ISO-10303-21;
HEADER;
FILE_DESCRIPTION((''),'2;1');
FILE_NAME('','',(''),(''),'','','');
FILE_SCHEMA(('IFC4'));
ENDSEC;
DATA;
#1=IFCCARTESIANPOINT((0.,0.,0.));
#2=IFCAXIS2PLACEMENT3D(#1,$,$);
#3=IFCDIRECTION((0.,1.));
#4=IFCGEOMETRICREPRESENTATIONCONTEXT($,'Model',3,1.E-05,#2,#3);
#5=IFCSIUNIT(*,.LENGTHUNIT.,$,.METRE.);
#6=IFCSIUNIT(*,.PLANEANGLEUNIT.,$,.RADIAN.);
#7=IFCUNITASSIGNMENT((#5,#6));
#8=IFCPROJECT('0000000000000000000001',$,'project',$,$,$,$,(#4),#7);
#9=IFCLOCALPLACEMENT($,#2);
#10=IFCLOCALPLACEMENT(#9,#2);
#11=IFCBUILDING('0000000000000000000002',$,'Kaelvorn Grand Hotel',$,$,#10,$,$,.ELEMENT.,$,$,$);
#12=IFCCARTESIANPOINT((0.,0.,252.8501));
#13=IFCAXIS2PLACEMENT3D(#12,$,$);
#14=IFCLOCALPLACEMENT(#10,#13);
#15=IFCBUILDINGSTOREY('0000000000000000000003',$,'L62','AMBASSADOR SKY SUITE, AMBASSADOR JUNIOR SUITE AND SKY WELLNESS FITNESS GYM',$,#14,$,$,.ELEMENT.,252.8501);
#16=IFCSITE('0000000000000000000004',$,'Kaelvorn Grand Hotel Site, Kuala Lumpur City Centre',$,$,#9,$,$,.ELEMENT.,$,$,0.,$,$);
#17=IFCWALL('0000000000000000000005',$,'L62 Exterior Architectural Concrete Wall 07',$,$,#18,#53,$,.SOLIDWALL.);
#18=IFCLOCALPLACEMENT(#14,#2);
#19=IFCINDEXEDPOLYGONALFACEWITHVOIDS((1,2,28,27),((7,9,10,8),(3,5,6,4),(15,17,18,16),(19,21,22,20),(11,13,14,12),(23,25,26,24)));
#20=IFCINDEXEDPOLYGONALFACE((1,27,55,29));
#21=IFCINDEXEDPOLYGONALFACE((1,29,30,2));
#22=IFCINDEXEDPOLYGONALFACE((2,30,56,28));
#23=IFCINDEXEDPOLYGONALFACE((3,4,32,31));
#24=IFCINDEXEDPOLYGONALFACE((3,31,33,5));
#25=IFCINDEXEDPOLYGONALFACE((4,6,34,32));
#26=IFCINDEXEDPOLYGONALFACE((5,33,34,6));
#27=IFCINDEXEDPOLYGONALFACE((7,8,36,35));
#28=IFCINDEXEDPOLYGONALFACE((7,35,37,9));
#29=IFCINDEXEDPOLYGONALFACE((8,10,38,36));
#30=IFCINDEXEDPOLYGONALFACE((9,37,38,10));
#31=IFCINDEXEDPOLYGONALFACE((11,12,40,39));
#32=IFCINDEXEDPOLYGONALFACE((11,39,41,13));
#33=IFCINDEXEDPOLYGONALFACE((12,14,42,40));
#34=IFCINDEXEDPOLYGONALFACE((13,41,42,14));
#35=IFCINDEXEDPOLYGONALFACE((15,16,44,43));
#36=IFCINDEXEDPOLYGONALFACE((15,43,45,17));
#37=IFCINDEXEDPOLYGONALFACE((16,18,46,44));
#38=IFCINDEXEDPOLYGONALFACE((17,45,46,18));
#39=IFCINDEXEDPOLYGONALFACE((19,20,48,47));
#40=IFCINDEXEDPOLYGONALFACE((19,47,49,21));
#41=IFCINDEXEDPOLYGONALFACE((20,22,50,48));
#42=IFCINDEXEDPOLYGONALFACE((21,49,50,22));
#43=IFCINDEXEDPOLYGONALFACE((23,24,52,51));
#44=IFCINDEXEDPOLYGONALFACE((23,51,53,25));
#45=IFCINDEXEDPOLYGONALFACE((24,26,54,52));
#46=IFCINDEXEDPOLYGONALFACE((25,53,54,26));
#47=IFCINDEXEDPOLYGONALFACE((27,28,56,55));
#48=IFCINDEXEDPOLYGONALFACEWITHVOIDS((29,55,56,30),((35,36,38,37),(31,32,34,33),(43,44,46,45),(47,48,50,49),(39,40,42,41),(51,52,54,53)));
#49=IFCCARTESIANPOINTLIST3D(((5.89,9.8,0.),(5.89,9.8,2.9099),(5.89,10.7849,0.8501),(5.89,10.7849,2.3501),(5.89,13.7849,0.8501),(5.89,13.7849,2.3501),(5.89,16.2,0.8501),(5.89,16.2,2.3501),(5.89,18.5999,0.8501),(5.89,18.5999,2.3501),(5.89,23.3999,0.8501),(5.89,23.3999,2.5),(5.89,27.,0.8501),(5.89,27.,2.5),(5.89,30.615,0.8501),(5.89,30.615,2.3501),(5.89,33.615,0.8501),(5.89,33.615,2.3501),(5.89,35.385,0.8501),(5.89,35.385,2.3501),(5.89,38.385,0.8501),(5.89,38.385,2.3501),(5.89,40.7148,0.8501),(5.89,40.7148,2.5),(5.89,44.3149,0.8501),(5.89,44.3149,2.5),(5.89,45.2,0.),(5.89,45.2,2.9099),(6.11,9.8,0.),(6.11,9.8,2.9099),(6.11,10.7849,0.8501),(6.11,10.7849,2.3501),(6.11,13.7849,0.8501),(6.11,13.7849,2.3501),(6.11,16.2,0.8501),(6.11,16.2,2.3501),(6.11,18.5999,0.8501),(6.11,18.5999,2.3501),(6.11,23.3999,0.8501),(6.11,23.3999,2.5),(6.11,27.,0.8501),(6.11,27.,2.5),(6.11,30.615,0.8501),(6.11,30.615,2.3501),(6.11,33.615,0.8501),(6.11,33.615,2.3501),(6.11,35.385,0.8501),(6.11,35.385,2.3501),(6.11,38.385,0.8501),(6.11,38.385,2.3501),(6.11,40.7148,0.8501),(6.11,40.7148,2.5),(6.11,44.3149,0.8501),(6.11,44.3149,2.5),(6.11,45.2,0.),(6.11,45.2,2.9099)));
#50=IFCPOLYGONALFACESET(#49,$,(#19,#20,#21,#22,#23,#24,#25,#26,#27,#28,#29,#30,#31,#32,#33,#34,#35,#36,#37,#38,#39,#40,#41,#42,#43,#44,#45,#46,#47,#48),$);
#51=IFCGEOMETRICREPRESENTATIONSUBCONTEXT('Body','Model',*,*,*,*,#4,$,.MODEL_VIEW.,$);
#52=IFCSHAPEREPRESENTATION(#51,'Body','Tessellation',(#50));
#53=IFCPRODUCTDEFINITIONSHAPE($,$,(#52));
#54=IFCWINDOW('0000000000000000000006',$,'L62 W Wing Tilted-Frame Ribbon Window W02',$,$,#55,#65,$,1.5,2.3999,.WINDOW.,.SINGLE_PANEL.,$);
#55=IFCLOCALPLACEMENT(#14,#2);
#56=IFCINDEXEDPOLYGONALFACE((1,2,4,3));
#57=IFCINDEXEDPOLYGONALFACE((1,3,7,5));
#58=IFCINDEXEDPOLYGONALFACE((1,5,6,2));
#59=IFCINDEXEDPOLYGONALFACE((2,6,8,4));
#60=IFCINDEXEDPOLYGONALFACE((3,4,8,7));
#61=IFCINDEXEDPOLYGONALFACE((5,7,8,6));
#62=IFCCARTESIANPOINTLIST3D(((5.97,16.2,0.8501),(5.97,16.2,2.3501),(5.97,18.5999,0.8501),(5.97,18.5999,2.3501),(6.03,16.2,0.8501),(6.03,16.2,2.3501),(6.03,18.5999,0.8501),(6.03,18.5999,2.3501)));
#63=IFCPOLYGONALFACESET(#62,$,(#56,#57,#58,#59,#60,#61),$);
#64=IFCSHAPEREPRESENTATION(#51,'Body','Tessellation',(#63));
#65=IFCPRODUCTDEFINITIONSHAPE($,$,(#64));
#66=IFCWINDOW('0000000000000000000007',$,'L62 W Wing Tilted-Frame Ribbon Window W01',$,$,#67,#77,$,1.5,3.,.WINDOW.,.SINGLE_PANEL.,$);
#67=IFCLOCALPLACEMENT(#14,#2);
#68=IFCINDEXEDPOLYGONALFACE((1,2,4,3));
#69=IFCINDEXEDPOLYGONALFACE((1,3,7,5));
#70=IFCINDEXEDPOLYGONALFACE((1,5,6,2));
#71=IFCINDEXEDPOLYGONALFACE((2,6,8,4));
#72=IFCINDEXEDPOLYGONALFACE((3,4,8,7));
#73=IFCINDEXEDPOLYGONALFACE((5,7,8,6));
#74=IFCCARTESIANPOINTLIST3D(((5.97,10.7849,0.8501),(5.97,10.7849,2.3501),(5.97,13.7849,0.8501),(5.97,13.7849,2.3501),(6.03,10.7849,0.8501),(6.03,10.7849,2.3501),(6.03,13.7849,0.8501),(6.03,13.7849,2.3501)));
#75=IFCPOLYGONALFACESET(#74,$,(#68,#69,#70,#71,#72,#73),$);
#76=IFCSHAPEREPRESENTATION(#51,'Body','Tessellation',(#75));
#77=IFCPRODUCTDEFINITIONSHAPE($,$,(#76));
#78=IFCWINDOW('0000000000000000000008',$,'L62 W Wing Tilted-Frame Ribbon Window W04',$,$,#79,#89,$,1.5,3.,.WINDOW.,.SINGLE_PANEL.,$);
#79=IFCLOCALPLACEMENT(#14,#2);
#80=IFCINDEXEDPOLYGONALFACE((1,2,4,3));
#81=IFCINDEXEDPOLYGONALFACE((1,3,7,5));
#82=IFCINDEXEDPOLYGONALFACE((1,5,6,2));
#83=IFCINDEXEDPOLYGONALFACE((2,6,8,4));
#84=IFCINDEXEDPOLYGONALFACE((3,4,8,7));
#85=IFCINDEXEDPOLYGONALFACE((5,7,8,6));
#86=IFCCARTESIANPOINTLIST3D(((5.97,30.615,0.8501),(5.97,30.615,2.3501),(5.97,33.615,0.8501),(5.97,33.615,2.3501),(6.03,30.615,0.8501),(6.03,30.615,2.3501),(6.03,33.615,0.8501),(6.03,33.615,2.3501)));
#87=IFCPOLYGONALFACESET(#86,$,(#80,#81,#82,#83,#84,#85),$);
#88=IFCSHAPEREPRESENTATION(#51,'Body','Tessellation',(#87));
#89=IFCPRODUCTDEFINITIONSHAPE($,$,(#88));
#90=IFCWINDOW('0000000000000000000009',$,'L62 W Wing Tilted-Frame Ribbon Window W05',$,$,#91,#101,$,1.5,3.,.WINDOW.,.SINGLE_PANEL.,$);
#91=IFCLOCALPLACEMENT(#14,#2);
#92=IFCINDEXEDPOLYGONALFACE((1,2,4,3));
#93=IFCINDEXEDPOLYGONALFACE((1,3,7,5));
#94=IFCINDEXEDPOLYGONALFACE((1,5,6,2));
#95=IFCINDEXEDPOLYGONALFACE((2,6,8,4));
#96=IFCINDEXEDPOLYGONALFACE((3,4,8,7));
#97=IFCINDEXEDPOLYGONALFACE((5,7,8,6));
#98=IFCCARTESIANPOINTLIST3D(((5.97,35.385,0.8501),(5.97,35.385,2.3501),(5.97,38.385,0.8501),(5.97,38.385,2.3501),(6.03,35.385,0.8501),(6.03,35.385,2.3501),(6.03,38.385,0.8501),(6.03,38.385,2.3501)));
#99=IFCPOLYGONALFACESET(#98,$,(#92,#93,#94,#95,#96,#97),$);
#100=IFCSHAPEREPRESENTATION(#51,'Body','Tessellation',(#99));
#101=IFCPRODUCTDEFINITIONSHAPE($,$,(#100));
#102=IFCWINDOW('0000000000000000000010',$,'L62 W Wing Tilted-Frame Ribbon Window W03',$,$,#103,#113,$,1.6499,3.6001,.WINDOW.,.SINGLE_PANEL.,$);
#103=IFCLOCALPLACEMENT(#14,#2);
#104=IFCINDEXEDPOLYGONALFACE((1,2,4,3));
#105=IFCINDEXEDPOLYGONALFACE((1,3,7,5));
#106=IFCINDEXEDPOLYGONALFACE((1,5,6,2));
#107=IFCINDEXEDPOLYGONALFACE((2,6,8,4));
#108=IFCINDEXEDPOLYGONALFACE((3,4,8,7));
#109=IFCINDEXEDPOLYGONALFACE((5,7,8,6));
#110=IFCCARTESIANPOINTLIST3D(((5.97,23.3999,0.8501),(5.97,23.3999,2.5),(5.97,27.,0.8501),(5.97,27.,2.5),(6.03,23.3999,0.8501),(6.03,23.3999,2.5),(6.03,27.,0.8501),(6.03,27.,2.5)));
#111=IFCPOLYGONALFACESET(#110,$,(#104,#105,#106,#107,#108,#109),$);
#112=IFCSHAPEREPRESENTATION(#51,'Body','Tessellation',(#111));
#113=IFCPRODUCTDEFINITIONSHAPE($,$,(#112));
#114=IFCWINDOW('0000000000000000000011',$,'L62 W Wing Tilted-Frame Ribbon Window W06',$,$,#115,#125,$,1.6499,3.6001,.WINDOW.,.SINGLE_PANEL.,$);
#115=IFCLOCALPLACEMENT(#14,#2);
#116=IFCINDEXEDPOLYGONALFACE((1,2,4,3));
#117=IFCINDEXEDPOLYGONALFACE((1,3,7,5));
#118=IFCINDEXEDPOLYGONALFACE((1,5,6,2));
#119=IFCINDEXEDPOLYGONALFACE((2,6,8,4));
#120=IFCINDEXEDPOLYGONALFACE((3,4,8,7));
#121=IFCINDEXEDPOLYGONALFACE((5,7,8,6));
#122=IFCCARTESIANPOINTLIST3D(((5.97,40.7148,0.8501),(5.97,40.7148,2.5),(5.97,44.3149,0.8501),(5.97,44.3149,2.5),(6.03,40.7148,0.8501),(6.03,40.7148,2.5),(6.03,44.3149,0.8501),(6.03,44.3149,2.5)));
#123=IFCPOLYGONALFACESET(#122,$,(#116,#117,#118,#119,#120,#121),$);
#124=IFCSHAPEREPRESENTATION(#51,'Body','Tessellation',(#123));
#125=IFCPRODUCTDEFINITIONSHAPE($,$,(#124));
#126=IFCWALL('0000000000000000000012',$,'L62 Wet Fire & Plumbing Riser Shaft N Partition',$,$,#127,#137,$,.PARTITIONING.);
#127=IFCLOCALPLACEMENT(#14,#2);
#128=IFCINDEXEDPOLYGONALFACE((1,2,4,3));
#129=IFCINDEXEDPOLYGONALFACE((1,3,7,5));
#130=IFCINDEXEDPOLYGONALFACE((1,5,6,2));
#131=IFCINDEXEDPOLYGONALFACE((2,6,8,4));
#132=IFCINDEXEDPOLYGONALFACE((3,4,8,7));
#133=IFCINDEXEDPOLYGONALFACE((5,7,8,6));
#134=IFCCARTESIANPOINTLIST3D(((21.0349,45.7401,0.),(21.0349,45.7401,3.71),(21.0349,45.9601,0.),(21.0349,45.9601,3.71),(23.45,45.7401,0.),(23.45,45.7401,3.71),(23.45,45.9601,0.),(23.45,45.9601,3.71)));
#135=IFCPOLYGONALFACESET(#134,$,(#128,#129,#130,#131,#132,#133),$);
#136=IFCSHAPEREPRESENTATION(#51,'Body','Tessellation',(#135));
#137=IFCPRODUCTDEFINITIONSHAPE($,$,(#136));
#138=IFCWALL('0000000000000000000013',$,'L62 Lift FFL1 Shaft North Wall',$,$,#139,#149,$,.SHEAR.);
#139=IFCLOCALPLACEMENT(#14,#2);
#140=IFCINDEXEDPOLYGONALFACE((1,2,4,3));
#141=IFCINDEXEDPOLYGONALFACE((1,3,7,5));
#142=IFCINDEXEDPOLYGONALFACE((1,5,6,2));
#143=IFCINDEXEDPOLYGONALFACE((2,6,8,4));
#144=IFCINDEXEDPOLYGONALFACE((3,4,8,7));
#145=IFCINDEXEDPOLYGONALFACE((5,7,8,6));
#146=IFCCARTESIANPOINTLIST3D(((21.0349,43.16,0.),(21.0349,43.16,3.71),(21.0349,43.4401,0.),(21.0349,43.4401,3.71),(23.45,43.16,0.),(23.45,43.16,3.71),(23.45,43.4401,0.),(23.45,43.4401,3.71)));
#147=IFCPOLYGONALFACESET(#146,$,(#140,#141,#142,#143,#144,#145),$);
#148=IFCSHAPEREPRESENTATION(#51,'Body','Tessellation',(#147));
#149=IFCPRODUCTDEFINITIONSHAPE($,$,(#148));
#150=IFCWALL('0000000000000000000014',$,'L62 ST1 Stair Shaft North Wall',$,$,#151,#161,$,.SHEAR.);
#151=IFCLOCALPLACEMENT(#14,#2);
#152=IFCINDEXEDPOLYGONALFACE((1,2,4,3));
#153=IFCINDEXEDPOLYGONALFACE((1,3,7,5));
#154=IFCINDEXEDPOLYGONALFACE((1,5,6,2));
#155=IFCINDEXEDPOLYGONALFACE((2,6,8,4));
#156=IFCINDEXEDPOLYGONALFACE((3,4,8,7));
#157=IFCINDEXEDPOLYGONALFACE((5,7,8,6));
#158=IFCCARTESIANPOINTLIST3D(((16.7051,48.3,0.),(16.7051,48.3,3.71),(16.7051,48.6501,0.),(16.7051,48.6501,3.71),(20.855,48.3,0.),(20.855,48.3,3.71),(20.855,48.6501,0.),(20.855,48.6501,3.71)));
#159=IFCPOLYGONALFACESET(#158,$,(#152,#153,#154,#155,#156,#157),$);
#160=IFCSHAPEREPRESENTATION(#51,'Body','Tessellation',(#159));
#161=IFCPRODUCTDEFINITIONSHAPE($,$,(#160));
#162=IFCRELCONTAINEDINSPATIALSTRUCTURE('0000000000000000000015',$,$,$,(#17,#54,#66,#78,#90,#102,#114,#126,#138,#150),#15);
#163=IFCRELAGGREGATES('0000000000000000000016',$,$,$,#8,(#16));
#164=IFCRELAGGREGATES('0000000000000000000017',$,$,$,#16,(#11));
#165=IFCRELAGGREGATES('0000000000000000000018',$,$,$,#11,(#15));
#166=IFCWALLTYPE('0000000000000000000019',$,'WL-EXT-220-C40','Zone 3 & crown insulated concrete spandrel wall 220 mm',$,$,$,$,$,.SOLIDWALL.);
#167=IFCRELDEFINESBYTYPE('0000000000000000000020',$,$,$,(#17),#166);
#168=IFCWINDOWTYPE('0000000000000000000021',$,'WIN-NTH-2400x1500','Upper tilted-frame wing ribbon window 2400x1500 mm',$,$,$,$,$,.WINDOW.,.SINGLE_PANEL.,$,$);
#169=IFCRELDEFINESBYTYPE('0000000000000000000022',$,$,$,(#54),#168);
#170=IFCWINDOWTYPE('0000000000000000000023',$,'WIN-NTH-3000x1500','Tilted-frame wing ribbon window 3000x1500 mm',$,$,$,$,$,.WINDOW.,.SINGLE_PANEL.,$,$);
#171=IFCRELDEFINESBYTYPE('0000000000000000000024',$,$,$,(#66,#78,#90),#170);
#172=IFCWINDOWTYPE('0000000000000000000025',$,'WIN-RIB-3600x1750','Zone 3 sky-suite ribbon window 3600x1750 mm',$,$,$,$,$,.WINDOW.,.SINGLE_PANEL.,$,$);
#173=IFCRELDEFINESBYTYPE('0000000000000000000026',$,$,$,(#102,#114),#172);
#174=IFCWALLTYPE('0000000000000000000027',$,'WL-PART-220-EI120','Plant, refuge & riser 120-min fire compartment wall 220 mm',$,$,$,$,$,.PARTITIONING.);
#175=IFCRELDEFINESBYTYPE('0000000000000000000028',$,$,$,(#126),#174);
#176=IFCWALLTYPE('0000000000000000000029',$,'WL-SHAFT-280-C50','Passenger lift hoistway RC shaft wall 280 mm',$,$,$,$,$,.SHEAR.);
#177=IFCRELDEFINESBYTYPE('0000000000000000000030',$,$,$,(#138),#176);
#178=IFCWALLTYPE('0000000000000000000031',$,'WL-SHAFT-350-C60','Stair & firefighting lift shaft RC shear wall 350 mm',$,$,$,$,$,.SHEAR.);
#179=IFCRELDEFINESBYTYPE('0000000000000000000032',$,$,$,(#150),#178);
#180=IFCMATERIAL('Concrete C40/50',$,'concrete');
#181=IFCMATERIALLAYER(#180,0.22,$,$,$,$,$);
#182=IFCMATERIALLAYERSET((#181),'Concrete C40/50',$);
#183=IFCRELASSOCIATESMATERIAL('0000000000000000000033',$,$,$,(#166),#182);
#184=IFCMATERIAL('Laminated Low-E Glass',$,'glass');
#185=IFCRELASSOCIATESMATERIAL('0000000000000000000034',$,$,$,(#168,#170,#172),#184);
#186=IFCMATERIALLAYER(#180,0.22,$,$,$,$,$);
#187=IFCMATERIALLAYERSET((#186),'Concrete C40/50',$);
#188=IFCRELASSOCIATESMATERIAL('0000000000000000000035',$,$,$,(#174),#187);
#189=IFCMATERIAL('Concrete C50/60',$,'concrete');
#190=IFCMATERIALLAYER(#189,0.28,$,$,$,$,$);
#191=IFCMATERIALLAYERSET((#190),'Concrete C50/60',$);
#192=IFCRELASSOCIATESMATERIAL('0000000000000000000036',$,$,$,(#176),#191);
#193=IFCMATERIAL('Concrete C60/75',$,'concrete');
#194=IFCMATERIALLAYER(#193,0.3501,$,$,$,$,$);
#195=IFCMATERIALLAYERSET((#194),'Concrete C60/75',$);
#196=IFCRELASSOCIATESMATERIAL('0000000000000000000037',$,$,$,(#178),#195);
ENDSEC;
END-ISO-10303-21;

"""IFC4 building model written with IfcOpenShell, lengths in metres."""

from ifc_helpers import new_model, si_unit, direction, frame, frame_2d, origin, place, context, subcontext, project, spatial, rectangle, extrude, material, layer, layer_set, type_object, element, fill, save


model = new_model("IFC4")

# Units and contexts
model_context = context("Model", 3, precision=1e-05, world=origin(), true_north=direction((0.0, 1.0)))
body_context = subcontext(model_context, "Body", "Model", "MODEL_VIEW")
ifc_project = project(units=[si_unit("LENGTHUNIT", "METRE"), si_unit("PLANEANGLEUNIT", "RADIAN")], contexts=[model_context])

# Site, building, storey
site_placement = place(None, origin())
site = spatial("IfcSite", under=ifc_project, at=site_placement, Name="Kaelvorn Grand Hotel Site, Kuala Lumpur City Centre", CompositionType="ELEMENT", RefElevation=0.0)
building_placement = place(site_placement, origin())
building = spatial("IfcBuilding", under=site, at=building_placement, Name="Kaelvorn Grand Hotel", CompositionType="ELEMENT")
storey_placement = place(building_placement, frame((0.0, 0.0, 252.8501)))
storey = spatial("IfcBuildingStorey", under=building, at=storey_placement, Name="L62", Description="AMBASSADOR SKY SUITE, AMBASSADOR JUNIOR SUITE AND SKY WELLNESS FITNESS GYM", CompositionType="ELEMENT", Elevation=252.8501)

# Shared definitions
ifc_material_1 = material(Name="Concrete C60/75", Category="concrete")
ifc_material_2 = material(Name="Concrete C50/60", Category="concrete")

# Shared definitions
ifc_material_3 = material(Name="Concrete C40/50", Category="concrete")
ifc_layer_1 = layer(ifc_material_3, 0.22)
ifc_layer_set_1 = layer_set([ifc_layer_1], Name="Concrete C40/50")
wall_type_1 = type_object("IfcWallType", Name="WL-EXT-220-C40", Description="Zone 3 & crown insulated concrete spandrel wall 220 mm", PredefinedType="SOLIDWALL", material=ifc_layer_set_1)
ifc_material_4 = material(Name="Laminated Low-E Glass", Category="glass")

# Wall, openings, windows
wall_1_placement = place(storey_placement, frame((6.0, 45.2, 0.0), z_axis=(0.0, 0.0, 1.0), x_axis=(0.0, -1.0, 0.0)))
wall_1 = element("IfcWall", 1, at=wall_1_placement, inside=storey, type_object=wall_type_1, Name="L62 Exterior Architectural Concrete Wall 07", PredefinedType="SOLIDWALL", context=body_context, shape_type="SweptSolid", body=[
    extrude(rectangle(XDim=35.3999, YDim=0.22, at=frame_2d((17.7, 0.0))), origin(), (0.0, 0.0, 1.0), 2.9099),
])
opening_1_placement = place(wall_1_placement, frame((31.415, 0.0, 0.8501)))
opening_1 = element("IfcOpeningElement", 2, at=opening_1_placement, cuts=wall_1, PredefinedType="OPENING", context=body_context, shape_type="SweptSolid", body=[
    extrude(rectangle(XDim=3.0, YDim=1.5, at=frame_2d((1.5, 0.75))), frame((0.0, 0.1201, 0.0), z_axis=(0.0, -1.0, 0.0), x_axis=(1.0, 0.0, 0.0)), (0.0, 0.0, 1.0), 0.24),
])
opening_2_placement = place(wall_1_placement, frame((26.6001, 0.0, 0.8501)))
opening_2 = element("IfcOpeningElement", 3, at=opening_2_placement, cuts=wall_1, PredefinedType="OPENING", context=body_context, shape_type="SweptSolid", body=[
    extrude(rectangle(XDim=2.3999, YDim=1.5, at=frame_2d((1.2, 0.75))), frame((0.0, 0.1201, 0.0), z_axis=(0.0, -1.0, 0.0), x_axis=(1.0, 0.0, 0.0)), (0.0, 0.0, 1.0), 0.24),
])
opening_3_placement = place(wall_1_placement, frame((18.2, 0.0, 0.8501)))
opening_3 = element("IfcOpeningElement", 4, at=opening_3_placement, cuts=wall_1, PredefinedType="OPENING", context=body_context, shape_type="SweptSolid", body=[
    extrude(rectangle(XDim=3.6001, YDim=1.6499, at=frame_2d((1.8, 0.825))), frame((0.0, 0.1201, 0.0), z_axis=(0.0, -1.0, 0.0), x_axis=(1.0, 0.0, 0.0)), (0.0, 0.0, 1.0), 0.24),
])
opening_4_placement = place(wall_1_placement, frame((11.585, 0.0, 0.8501)))
opening_4 = element("IfcOpeningElement", 5, at=opening_4_placement, cuts=wall_1, PredefinedType="OPENING", context=body_context, shape_type="SweptSolid", body=[
    extrude(rectangle(XDim=3.0, YDim=1.5, at=frame_2d((1.5, 0.75))), frame((0.0, 0.1201, 0.0), z_axis=(0.0, -1.0, 0.0), x_axis=(1.0, 0.0, 0.0)), (0.0, 0.0, 1.0), 0.24),
])
opening_5_placement = place(wall_1_placement, frame((6.8149, 0.0, 0.8501)))
opening_5 = element("IfcOpeningElement", 6, at=opening_5_placement, cuts=wall_1, PredefinedType="OPENING", context=body_context, shape_type="SweptSolid", body=[
    extrude(rectangle(XDim=3.0, YDim=1.5, at=frame_2d((1.5, 0.75))), frame((0.0, 0.1201, 0.0), z_axis=(0.0, -1.0, 0.0), x_axis=(1.0, 0.0, 0.0)), (0.0, 0.0, 1.0), 0.24),
])
opening_6_placement = place(wall_1_placement, frame((0.885, 0.0, 0.8501)))
opening_6 = element("IfcOpeningElement", 7, at=opening_6_placement, cuts=wall_1, PredefinedType="OPENING", context=body_context, shape_type="SweptSolid", body=[
    extrude(rectangle(XDim=3.6001, YDim=1.6499, at=frame_2d((1.8, 0.825))), frame((0.0, 0.1201, 0.0), z_axis=(0.0, -1.0, 0.0), x_axis=(1.0, 0.0, 0.0)), (0.0, 0.0, 1.0), 0.24),
])
window_type_1 = type_object("IfcWindowType", Name="WIN-NTH-2400x1500", Description="Upper tilted-frame wing ribbon window 2400x1500 mm", PartitioningType="SINGLE_PANEL", PredefinedType="WINDOW", material=ifc_material_4)
window_1_placement = place(opening_2_placement, origin())
window_1 = element("IfcWindow", 8, at=window_1_placement, inside=storey, type_object=window_type_1, Name="L62 W Wing Tilted-Frame Ribbon Window W02", OverallHeight=1.5, OverallWidth=2.3999, PartitioningType="SINGLE_PANEL", PredefinedType="WINDOW", context=body_context, shape_type="SweptSolid", body=[
    extrude(rectangle(XDim=2.3999, YDim=1.5, at=frame_2d((1.2, 0.75))), frame((0.0, 0.03, 0.0), z_axis=(0.0, -1.0, 0.0), x_axis=(1.0, 0.0, 0.0)), (0.0, 0.0, 1.0), 0.0601),
])
fill(opening_2, window_1)
window_type_2 = type_object("IfcWindowType", Name="WIN-NTH-3000x1500", Description="Tilted-frame wing ribbon window 3000x1500 mm", PartitioningType="SINGLE_PANEL", PredefinedType="WINDOW", material=ifc_material_4)
window_2_placement = place(opening_1_placement, origin())
window_2 = element("IfcWindow", 9, at=window_2_placement, inside=storey, type_object=window_type_2, Name="L62 W Wing Tilted-Frame Ribbon Window W01", OverallHeight=1.5, OverallWidth=3.0, PartitioningType="SINGLE_PANEL", PredefinedType="WINDOW", context=body_context, shape_type="SweptSolid", body=[
    extrude(rectangle(XDim=3.0, YDim=1.5, at=frame_2d((1.5, 0.75))), frame((0.0, 0.03, 0.0), z_axis=(0.0, -1.0, 0.0), x_axis=(1.0, 0.0, 0.0)), (0.0, 0.0, 1.0), 0.0601),
])
fill(opening_1, window_2)
window_3_placement = place(opening_4_placement, origin())
window_3 = element("IfcWindow", 10, at=window_3_placement, inside=storey, type_object=window_type_2, Name="L62 W Wing Tilted-Frame Ribbon Window W04", OverallHeight=1.5, OverallWidth=3.0, PartitioningType="SINGLE_PANEL", PredefinedType="WINDOW", context=body_context, shape_type="SweptSolid", body=[
    extrude(rectangle(XDim=3.0, YDim=1.5, at=frame_2d((1.5, 0.75))), frame((0.0, 0.03, 0.0), z_axis=(0.0, -1.0, 0.0), x_axis=(1.0, 0.0, 0.0)), (0.0, 0.0, 1.0), 0.0601),
])
fill(opening_4, window_3)
window_4_placement = place(opening_5_placement, origin())
window_4 = element("IfcWindow", 11, at=window_4_placement, inside=storey, type_object=window_type_2, Name="L62 W Wing Tilted-Frame Ribbon Window W05", OverallHeight=1.5, OverallWidth=3.0, PartitioningType="SINGLE_PANEL", PredefinedType="WINDOW", context=body_context, shape_type="SweptSolid", body=[
    extrude(rectangle(XDim=3.0, YDim=1.5, at=frame_2d((1.5, 0.75))), frame((0.0, 0.03, 0.0), z_axis=(0.0, -1.0, 0.0), x_axis=(1.0, 0.0, 0.0)), (0.0, 0.0, 1.0), 0.0601),
])
fill(opening_5, window_4)
window_type_3 = type_object("IfcWindowType", Name="WIN-RIB-3600x1750", Description="Zone 3 sky-suite ribbon window 3600x1750 mm", PartitioningType="SINGLE_PANEL", PredefinedType="WINDOW", material=ifc_material_4)
window_5_placement = place(opening_3_placement, origin())
window_5 = element("IfcWindow", 12, at=window_5_placement, inside=storey, type_object=window_type_3, Name="L62 W Wing Tilted-Frame Ribbon Window W03", OverallHeight=1.6499, OverallWidth=3.6001, PartitioningType="SINGLE_PANEL", PredefinedType="WINDOW", context=body_context, shape_type="SweptSolid", body=[
    extrude(rectangle(XDim=3.6001, YDim=1.6499, at=frame_2d((1.8, 0.825))), frame((0.0, 0.03, 0.0), z_axis=(0.0, -1.0, 0.0), x_axis=(1.0, 0.0, 0.0)), (0.0, 0.0, 1.0), 0.0601),
])
fill(opening_3, window_5)
window_6_placement = place(opening_6_placement, origin())
window_6 = element("IfcWindow", 13, at=window_6_placement, inside=storey, type_object=window_type_3, Name="L62 W Wing Tilted-Frame Ribbon Window W06", OverallHeight=1.6499, OverallWidth=3.6001, PartitioningType="SINGLE_PANEL", PredefinedType="WINDOW", context=body_context, shape_type="SweptSolid", body=[
    extrude(rectangle(XDim=3.6001, YDim=1.6499, at=frame_2d((1.8, 0.825))), frame((0.0, 0.03, 0.0), z_axis=(0.0, -1.0, 0.0), x_axis=(1.0, 0.0, 0.0)), (0.0, 0.0, 1.0), 0.0601),
])
fill(opening_6, window_6)

# Walls
ifc_layer_2 = layer(ifc_material_3, 0.22)
ifc_layer_set_2 = layer_set([ifc_layer_2], Name="Concrete C40/50")
wall_type_2 = type_object("IfcWallType", Name="WL-PART-220-EI120", Description="Plant, refuge & riser 120-min fire compartment wall 220 mm", PredefinedType="PARTITIONING", material=ifc_layer_set_2)
wall_2_placement = place(storey_placement, frame((21.0349, 45.8501, 0.0), z_axis=(0.0, 0.0, 1.0), x_axis=(1.0, 0.0, 0.0)))
element("IfcWall", 14, at=wall_2_placement, inside=storey, type_object=wall_type_2, Name="L62 Wet Fire & Plumbing Riser Shaft N Partition", PredefinedType="PARTITIONING", context=body_context, shape_type="SweptSolid", body=[
    extrude(rectangle(XDim=2.415, YDim=0.22, at=frame_2d((1.2075, 0.0))), origin(), (0.0, 0.0, 1.0), 3.71),
])
ifc_layer_3 = layer(ifc_material_2, 0.28)
ifc_layer_set_3 = layer_set([ifc_layer_3], Name="Concrete C50/60")
wall_type_3 = type_object("IfcWallType", Name="WL-SHAFT-280-C50", Description="Passenger lift hoistway RC shaft wall 280 mm", PredefinedType="SHEAR", material=ifc_layer_set_3)
wall_3_placement = place(storey_placement, frame((21.0349, 43.3, 0.0), z_axis=(0.0, 0.0, 1.0), x_axis=(1.0, 0.0, 0.0)))
element("IfcWall", 15, at=wall_3_placement, inside=storey, type_object=wall_type_3, Name="L62 Lift FFL1 Shaft North Wall", PredefinedType="SHEAR", context=body_context, shape_type="SweptSolid", body=[
    extrude(rectangle(XDim=2.415, YDim=0.28, at=frame_2d((1.2075, 0.0))), origin(), (0.0, 0.0, 1.0), 3.71),
])
ifc_layer_4 = layer(ifc_material_1, 0.3501)
ifc_layer_set_4 = layer_set([ifc_layer_4], Name="Concrete C60/75")
wall_type_4 = type_object("IfcWallType", Name="WL-SHAFT-350-C60", Description="Stair & firefighting lift shaft RC shear wall 350 mm", PredefinedType="SHEAR", material=ifc_layer_set_4)
wall_4_placement = place(storey_placement, frame((16.7051, 48.4751, 0.0), z_axis=(0.0, 0.0, 1.0), x_axis=(1.0, 0.0, 0.0)))
element("IfcWall", 16, at=wall_4_placement, inside=storey, type_object=wall_type_4, Name="L62 ST1 Stair Shaft North Wall", PredefinedType="SHEAR", context=body_context, shape_type="SweptSolid", body=[
    extrude(rectangle(XDim=4.1499, YDim=0.3501, at=frame_2d((2.075, 0.0))), origin(), (0.0, 0.0, 1.0), 3.71),
])

save(model, "model.ifc")
